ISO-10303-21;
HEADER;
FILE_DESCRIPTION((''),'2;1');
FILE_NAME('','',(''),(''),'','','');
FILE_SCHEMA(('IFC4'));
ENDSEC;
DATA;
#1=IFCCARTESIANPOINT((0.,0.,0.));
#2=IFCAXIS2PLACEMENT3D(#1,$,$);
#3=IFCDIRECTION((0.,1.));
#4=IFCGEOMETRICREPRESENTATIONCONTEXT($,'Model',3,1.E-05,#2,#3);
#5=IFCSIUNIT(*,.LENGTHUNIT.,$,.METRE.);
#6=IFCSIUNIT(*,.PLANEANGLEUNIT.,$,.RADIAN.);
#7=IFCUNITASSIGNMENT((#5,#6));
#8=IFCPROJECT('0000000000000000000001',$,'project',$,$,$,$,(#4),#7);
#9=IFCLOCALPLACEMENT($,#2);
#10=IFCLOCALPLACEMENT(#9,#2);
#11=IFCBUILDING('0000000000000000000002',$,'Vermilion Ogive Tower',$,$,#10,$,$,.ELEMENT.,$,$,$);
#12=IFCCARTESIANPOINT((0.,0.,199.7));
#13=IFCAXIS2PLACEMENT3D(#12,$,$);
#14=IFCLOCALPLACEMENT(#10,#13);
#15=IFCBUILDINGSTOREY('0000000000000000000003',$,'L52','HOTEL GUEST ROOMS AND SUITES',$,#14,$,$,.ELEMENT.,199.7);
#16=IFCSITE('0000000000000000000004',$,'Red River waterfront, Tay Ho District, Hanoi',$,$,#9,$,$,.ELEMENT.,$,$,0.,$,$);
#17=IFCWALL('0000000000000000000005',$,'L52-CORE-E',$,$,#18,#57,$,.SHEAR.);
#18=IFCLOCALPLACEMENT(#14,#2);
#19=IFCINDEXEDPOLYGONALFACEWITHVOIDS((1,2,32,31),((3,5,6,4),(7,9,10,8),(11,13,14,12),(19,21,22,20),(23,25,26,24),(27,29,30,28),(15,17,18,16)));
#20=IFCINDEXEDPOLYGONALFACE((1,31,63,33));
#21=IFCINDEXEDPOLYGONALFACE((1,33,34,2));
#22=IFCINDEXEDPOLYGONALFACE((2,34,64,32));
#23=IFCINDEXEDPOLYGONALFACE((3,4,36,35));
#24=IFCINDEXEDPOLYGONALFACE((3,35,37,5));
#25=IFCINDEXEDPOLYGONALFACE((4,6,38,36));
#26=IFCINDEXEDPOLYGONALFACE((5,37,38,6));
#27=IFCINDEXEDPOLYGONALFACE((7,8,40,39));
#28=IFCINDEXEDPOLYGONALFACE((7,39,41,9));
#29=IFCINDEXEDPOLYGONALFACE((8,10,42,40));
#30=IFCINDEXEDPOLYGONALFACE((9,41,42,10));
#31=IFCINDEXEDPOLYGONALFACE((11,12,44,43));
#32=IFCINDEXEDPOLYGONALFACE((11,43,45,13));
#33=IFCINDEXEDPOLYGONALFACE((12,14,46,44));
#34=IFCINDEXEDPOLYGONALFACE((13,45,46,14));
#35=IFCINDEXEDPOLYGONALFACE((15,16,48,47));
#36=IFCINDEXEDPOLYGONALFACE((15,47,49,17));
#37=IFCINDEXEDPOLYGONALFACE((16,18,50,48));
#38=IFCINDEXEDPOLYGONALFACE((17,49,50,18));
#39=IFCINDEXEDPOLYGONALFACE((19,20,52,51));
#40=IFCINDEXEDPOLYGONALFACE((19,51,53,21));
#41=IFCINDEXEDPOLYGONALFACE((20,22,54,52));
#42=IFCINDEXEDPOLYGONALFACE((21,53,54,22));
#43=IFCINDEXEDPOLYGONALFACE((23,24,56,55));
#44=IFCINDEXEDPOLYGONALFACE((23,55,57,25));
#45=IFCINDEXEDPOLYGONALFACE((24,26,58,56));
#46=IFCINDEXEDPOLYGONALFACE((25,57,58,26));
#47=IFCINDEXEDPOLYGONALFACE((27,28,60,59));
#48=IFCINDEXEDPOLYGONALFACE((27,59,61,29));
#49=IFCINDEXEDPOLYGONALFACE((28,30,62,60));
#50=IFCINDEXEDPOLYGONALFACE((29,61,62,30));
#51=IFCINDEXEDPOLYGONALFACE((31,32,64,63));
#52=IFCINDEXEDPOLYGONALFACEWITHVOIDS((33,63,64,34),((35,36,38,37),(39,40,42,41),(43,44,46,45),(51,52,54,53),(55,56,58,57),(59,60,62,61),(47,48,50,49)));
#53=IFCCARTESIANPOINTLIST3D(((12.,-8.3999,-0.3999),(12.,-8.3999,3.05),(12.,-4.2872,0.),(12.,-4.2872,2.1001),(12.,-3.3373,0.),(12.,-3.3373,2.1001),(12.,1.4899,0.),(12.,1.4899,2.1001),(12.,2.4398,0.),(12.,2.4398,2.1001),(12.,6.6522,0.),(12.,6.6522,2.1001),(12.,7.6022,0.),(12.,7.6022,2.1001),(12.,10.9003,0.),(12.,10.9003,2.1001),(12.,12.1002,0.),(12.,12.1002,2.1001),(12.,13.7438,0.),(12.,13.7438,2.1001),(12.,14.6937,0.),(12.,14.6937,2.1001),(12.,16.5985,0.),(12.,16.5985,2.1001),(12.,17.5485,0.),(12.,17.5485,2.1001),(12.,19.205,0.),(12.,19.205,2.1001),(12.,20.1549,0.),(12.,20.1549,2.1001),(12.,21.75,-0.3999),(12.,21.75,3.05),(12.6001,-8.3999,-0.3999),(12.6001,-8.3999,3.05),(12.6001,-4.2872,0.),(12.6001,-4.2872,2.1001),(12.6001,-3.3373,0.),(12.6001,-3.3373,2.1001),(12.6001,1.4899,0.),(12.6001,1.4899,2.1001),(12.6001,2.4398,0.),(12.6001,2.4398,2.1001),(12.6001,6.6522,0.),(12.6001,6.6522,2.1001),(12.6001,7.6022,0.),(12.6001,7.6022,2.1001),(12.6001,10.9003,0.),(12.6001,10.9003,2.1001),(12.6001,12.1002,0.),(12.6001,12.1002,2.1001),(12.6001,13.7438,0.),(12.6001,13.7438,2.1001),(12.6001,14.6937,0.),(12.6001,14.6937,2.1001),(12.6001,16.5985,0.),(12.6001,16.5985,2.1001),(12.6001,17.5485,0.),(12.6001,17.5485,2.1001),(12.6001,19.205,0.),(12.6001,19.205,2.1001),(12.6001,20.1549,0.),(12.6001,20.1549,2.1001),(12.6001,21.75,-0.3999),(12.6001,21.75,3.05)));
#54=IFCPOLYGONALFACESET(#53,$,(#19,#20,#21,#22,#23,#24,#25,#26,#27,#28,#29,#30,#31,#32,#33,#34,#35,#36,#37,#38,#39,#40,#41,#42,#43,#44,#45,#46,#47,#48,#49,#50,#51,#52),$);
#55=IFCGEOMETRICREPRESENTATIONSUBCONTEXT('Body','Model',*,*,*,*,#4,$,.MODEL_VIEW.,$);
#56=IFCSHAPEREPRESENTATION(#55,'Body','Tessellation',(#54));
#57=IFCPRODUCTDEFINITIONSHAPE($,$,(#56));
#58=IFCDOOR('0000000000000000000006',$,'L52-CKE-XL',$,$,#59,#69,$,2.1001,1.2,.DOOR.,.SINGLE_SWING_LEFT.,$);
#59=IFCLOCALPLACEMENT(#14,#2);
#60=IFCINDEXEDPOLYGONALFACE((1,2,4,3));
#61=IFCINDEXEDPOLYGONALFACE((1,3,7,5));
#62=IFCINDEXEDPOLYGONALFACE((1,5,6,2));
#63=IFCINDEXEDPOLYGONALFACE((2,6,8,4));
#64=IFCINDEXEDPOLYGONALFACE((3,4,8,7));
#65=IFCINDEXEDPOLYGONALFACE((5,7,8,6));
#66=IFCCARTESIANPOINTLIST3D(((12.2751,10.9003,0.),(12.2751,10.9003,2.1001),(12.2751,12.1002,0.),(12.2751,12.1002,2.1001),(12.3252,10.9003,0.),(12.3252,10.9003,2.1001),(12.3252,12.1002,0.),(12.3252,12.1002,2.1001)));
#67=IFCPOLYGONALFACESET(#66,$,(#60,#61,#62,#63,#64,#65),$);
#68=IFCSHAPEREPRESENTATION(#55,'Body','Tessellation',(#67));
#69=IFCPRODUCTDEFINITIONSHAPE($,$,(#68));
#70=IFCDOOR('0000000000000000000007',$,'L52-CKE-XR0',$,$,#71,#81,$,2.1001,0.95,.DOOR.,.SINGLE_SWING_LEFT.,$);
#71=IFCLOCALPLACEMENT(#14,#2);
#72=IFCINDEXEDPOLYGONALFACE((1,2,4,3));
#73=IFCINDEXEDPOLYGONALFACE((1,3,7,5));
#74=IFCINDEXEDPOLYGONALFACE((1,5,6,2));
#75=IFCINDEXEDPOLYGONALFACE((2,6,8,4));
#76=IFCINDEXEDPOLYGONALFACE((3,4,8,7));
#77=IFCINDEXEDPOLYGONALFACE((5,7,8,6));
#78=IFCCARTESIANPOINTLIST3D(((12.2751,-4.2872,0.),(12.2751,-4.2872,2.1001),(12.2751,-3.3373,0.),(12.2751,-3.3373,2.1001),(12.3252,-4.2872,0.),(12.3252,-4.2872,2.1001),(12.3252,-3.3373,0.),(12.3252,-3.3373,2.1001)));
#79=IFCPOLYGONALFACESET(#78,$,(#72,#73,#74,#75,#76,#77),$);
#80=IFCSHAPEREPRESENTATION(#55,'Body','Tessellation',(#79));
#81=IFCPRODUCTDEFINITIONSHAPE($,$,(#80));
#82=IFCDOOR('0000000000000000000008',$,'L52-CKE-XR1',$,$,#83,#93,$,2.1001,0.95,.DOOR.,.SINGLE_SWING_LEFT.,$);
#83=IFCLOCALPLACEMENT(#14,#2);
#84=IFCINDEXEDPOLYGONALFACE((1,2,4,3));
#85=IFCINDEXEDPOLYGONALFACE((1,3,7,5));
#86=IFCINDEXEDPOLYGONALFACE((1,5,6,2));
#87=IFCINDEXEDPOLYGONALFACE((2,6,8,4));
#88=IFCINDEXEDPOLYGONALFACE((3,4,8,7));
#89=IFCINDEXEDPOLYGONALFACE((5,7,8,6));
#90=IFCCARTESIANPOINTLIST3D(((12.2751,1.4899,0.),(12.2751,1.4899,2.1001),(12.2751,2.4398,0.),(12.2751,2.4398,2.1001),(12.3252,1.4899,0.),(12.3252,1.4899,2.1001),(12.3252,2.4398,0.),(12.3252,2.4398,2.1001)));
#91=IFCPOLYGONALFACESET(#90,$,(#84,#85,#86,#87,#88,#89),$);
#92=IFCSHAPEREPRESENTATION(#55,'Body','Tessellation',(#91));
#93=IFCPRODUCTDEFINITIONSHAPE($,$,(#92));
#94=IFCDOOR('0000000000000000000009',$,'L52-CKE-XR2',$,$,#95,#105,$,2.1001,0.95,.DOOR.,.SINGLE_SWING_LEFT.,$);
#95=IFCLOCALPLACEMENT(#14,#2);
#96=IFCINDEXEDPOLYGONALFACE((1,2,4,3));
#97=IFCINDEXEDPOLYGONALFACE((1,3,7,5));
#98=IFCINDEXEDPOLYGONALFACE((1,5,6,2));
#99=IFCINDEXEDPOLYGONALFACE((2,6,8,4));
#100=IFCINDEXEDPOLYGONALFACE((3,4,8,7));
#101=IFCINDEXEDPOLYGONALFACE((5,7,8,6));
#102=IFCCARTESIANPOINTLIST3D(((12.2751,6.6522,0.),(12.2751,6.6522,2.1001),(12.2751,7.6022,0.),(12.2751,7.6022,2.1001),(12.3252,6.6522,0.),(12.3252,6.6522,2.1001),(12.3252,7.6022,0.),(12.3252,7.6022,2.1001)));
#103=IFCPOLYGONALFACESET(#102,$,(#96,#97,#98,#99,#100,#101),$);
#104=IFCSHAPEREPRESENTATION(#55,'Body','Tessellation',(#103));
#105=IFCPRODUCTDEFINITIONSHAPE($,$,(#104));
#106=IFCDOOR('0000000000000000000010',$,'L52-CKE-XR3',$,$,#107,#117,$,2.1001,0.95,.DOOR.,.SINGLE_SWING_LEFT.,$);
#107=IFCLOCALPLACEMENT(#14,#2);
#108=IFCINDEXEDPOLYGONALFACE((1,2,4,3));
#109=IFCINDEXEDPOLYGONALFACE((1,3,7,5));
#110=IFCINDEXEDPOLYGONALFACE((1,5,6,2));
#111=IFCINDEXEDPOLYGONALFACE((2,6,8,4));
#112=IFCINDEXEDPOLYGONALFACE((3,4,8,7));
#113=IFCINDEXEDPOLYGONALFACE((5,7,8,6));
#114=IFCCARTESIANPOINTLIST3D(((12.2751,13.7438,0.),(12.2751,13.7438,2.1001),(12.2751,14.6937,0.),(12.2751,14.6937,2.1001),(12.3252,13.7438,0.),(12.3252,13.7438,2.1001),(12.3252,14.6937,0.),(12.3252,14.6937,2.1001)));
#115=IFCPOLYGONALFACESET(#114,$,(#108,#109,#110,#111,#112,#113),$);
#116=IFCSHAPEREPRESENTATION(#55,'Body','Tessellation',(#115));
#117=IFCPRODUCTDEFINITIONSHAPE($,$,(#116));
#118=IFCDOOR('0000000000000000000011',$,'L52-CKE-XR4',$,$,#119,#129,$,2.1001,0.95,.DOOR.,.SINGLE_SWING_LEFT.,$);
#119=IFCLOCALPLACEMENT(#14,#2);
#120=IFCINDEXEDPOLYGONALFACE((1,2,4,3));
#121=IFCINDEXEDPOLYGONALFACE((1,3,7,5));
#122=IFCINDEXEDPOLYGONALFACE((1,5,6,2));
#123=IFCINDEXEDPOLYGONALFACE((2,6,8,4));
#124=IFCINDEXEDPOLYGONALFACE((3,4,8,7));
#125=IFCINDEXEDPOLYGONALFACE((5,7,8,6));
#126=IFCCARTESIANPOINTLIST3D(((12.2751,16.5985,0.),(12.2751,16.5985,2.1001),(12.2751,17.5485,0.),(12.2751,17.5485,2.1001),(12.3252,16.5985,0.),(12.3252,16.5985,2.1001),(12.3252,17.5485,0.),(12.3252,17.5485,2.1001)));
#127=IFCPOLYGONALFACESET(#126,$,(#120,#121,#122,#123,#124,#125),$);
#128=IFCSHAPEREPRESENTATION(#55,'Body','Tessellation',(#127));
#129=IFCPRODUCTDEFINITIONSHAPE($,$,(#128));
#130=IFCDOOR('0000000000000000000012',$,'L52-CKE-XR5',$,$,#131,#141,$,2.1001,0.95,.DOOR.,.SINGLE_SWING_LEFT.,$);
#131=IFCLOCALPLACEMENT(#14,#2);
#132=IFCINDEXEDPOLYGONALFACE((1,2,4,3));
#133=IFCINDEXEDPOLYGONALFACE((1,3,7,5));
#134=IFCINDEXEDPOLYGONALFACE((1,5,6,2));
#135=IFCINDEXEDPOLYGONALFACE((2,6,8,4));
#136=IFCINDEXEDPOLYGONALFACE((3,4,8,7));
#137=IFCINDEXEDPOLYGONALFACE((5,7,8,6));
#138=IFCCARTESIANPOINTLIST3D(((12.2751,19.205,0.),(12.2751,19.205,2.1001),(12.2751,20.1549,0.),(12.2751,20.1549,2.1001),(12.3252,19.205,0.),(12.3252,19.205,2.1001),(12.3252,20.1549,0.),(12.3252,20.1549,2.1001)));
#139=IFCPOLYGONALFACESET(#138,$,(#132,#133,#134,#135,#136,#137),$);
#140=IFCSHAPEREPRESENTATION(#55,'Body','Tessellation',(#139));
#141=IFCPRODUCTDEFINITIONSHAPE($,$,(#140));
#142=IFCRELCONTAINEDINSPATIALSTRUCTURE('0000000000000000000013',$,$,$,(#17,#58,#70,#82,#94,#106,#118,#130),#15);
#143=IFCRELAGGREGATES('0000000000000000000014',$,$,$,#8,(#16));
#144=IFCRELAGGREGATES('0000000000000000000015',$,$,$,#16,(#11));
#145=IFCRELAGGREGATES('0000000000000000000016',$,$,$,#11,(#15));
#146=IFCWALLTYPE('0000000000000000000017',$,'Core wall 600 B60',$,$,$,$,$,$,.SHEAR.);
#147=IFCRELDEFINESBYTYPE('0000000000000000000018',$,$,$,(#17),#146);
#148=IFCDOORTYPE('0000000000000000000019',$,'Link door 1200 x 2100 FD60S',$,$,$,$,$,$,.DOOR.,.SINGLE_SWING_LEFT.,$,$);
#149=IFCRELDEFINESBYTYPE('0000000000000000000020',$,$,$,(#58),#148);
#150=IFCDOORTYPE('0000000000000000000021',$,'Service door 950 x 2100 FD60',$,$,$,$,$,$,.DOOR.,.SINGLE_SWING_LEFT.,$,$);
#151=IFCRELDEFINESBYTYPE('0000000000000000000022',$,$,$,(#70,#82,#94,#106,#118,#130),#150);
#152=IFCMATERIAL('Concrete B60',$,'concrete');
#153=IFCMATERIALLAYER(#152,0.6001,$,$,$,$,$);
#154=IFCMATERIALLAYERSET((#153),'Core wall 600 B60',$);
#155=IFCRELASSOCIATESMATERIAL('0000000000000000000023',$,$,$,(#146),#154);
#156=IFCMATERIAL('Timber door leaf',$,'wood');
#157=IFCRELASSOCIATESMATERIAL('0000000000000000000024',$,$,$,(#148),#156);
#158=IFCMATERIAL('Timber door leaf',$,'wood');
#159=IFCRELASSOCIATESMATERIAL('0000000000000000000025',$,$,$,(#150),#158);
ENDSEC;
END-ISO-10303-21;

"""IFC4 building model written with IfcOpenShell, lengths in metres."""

from ifc_helpers import new_model, si_unit, direction, frame, frame_2d, origin, place, context, subcontext, project, spatial, rectangle, extrude, material, layer, layer_set, type_object, element, fill, save


model = new_model("IFC4")

# Units and contexts
model_context = context("Model", 3, precision=1e-05, world=origin(), true_north=direction((0.0, 1.0)))
body_context = subcontext(model_context, "Body", "Model", "MODEL_VIEW")
ifc_project = project(units=[si_unit("LENGTHUNIT", "METRE"), si_unit("PLANEANGLEUNIT", "RADIAN")], contexts=[model_context])

# Site, building, storey
site_placement = place(None, origin())
site = spatial("IfcSite", under=ifc_project, at=site_placement, Name="Red River waterfront, Tay Ho District, Hanoi", CompositionType="ELEMENT", RefElevation=0.0)
building_placement = place(site_placement, origin())
building = spatial("IfcBuilding", under=site, at=building_placement, Name="Vermilion Ogive Tower", CompositionType="ELEMENT")
storey_placement = place(building_placement, frame((0.0, 0.0, 199.7)))
storey = spatial("IfcBuildingStorey", under=building, at=storey_placement, Name="L52", Description="HOTEL GUEST ROOMS AND SUITES", CompositionType="ELEMENT", Elevation=199.7)

# Wall, openings, doors
ifc_material_1 = material(Name="Concrete B60", Category="concrete")
ifc_layer_1 = layer(ifc_material_1, 0.6001)
ifc_layer_set_1 = layer_set([ifc_layer_1], Name="Core wall 600 B60")
wall_type_1 = type_object("IfcWallType", Name="Core wall 600 B60", PredefinedType="SHEAR", material=ifc_layer_set_1)
wall_1_placement = place(storey_placement, frame((12.3, -8.3999, -0.3999), z_axis=(0.0, 0.0, 1.0), x_axis=(0.0, 1.0, 0.0)))
wall_1 = element("IfcWall", 1, at=wall_1_placement, inside=storey, type_object=wall_type_1, Name="L52-CORE-E", PredefinedType="SHEAR", context=body_context, shape_type="SweptSolid", body=[
    extrude(rectangle(XDim=30.1499, YDim=0.6001, at=frame_2d((15.075, 0.0))), origin(), (0.0, 0.0, 1.0), 3.45),
])
opening_1_placement = place(wall_1_placement, frame((4.1125, 0.0, 0.3999)))
opening_1 = element("IfcOpeningElement", 2, at=opening_1_placement, cuts=wall_1, PredefinedType="OPENING", context=body_context, shape_type="SweptSolid", body=[
    extrude(rectangle(XDim=0.95, YDim=2.1001, at=frame_2d((0.4751, 1.05))), frame((0.0, 0.3101, 0.0), z_axis=(0.0, -1.0, 0.0), x_axis=(1.0, 0.0, 0.0)), (0.0, 0.0, 1.0), 0.6201),
])
opening_2_placement = place(wall_1_placement, frame((9.8896, 0.0, 0.3999)))
opening_2 = element("IfcOpeningElement", 3, at=opening_2_placement, cuts=wall_1, PredefinedType="OPENING", context=body_context, shape_type="SweptSolid", body=[
    extrude(rectangle(XDim=0.95, YDim=2.1001, at=frame_2d((0.4751, 1.05))), frame((0.0, 0.3101, 0.0), z_axis=(0.0, -1.0, 0.0), x_axis=(1.0, 0.0, 0.0)), (0.0, 0.0, 1.0), 0.6201),
])
opening_3_placement = place(wall_1_placement, frame((15.052, 0.0, 0.3999)))
opening_3 = element("IfcOpeningElement", 4, at=opening_3_placement, cuts=wall_1, PredefinedType="OPENING", context=body_context, shape_type="SweptSolid", body=[
    extrude(rectangle(XDim=0.95, YDim=2.1001, at=frame_2d((0.4751, 1.05))), frame((0.0, 0.3101, 0.0), z_axis=(0.0, -1.0, 0.0), x_axis=(1.0, 0.0, 0.0)), (0.0, 0.0, 1.0), 0.6201),
])
opening_4_placement = place(wall_1_placement, frame((22.1436, 0.0, 0.3999)))
opening_4 = element("IfcOpeningElement", 5, at=opening_4_placement, cuts=wall_1, PredefinedType="OPENING", context=body_context, shape_type="SweptSolid", body=[
    extrude(rectangle(XDim=0.95, YDim=2.1001, at=frame_2d((0.4751, 1.05))), frame((0.0, 0.3101, 0.0), z_axis=(0.0, -1.0, 0.0), x_axis=(1.0, 0.0, 0.0)), (0.0, 0.0, 1.0), 0.6201),
])
opening_5_placement = place(wall_1_placement, frame((24.9983, 0.0, 0.3999)))
opening_5 = element("IfcOpeningElement", 6, at=opening_5_placement, cuts=wall_1, PredefinedType="OPENING", context=body_context, shape_type="SweptSolid", body=[
    extrude(rectangle(XDim=0.95, YDim=2.1001, at=frame_2d((0.4751, 1.05))), frame((0.0, 0.3101, 0.0), z_axis=(0.0, -1.0, 0.0), x_axis=(1.0, 0.0, 0.0)), (0.0, 0.0, 1.0), 0.6201),
])
opening_6_placement = place(wall_1_placement, frame((27.6047, 0.0, 0.3999)))
opening_6 = element("IfcOpeningElement", 7, at=opening_6_placement, cuts=wall_1, PredefinedType="OPENING", context=body_context, shape_type="SweptSolid", body=[
    extrude(rectangle(XDim=0.95, YDim=2.1001, at=frame_2d((0.4751, 1.05))), frame((0.0, 0.3101, 0.0), z_axis=(0.0, -1.0, 0.0), x_axis=(1.0, 0.0, 0.0)), (0.0, 0.0, 1.0), 0.6201),
])
opening_7_placement = place(wall_1_placement, frame((19.3, 0.0, 0.3999)))
opening_7 = element("IfcOpeningElement", 8, at=opening_7_placement, cuts=wall_1, PredefinedType="OPENING", context=body_context, shape_type="SweptSolid", body=[
    extrude(rectangle(XDim=1.2, YDim=2.1001, at=frame_2d((0.6001, 1.05))), frame((0.0, 0.3101, 0.0), z_axis=(0.0, -1.0, 0.0), x_axis=(1.0, 0.0, 0.0)), (0.0, 0.0, 1.0), 0.6201),
])
ifc_material_2 = material(Name="Timber door leaf", Category="wood")
door_type_1 = type_object("IfcDoorType", Name="Link door 1200 x 2100 FD60S", OperationType="SINGLE_SWING_LEFT", PredefinedType="DOOR", material=ifc_material_2)
door_1_placement = place(opening_7_placement, origin())
door_1 = element("IfcDoor", 9, at=door_1_placement, inside=storey, type_object=door_type_1, Name="L52-CKE-XL", OperationType="SINGLE_SWING_LEFT", OverallHeight=2.1001, OverallWidth=1.2, PredefinedType="DOOR", context=body_context, shape_type="SweptSolid", body=[
    extrude(rectangle(XDim=1.2, YDim=2.1001, at=frame_2d((0.6001, 1.05))), frame((0.0, 0.0249, 0.0), z_axis=(0.0, -1.0, 0.0), x_axis=(1.0, 0.0, 0.0)), (0.0, 0.0, 1.0), 0.05),
])
fill(opening_7, door_1)
ifc_material_3 = material(Name="Timber door leaf", Category="wood")
door_type_2 = type_object("IfcDoorType", Name="Service door 950 x 2100 FD60", OperationType="SINGLE_SWING_LEFT", PredefinedType="DOOR", material=ifc_material_3)
door_2_placement = place(opening_1_placement, origin())
door_2 = element("IfcDoor", 10, at=door_2_placement, inside=storey, type_object=door_type_2, Name="L52-CKE-XR0", OperationType="SINGLE_SWING_LEFT", OverallHeight=2.1001, OverallWidth=0.95, PredefinedType="DOOR", context=body_context, shape_type="SweptSolid", body=[
    extrude(rectangle(XDim=0.95, YDim=2.1001, at=frame_2d((0.4751, 1.05))), frame((0.0, 0.0249, 0.0), z_axis=(0.0, -1.0, 0.0), x_axis=(1.0, 0.0, 0.0)), (0.0, 0.0, 1.0), 0.05),
])
fill(opening_1, door_2)
door_3_placement = place(opening_2_placement, origin())
door_3 = element("IfcDoor", 11, at=door_3_placement, inside=storey, type_object=door_type_2, Name="L52-CKE-XR1", OperationType="SINGLE_SWING_LEFT", OverallHeight=2.1001, OverallWidth=0.95, PredefinedType="DOOR", context=body_context, shape_type="SweptSolid", body=[
    extrude(rectangle(XDim=0.95, YDim=2.1001, at=frame_2d((0.4751, 1.05))), frame((0.0, 0.0249, 0.0), z_axis=(0.0, -1.0, 0.0), x_axis=(1.0, 0.0, 0.0)), (0.0, 0.0, 1.0), 0.05),
])
fill(opening_2, door_3)
door_4_placement = place(opening_3_placement, origin())
door_4 = element("IfcDoor", 12, at=door_4_placement, inside=storey, type_object=door_type_2, Name="L52-CKE-XR2", OperationType="SINGLE_SWING_LEFT", OverallHeight=2.1001, OverallWidth=0.95, PredefinedType="DOOR", context=body_context, shape_type="SweptSolid", body=[
    extrude(rectangle(XDim=0.95, YDim=2.1001, at=frame_2d((0.4751, 1.05))), frame((0.0, 0.0249, 0.0), z_axis=(0.0, -1.0, 0.0), x_axis=(1.0, 0.0, 0.0)), (0.0, 0.0, 1.0), 0.05),
])
fill(opening_3, door_4)
door_5_placement = place(opening_4_placement, origin())
door_5 = element("IfcDoor", 13, at=door_5_placement, inside=storey, type_object=door_type_2, Name="L52-CKE-XR3", OperationType="SINGLE_SWING_LEFT", OverallHeight=2.1001, OverallWidth=0.95, PredefinedType="DOOR", context=body_context, shape_type="SweptSolid", body=[
    extrude(rectangle(XDim=0.95, YDim=2.1001, at=frame_2d((0.4751, 1.05))), frame((0.0, 0.0249, 0.0), z_axis=(0.0, -1.0, 0.0), x_axis=(1.0, 0.0, 0.0)), (0.0, 0.0, 1.0), 0.05),
])
fill(opening_4, door_5)
door_6_placement = place(opening_5_placement, origin())
door_6 = element("IfcDoor", 14, at=door_6_placement, inside=storey, type_object=door_type_2, Name="L52-CKE-XR4", OperationType="SINGLE_SWING_LEFT", OverallHeight=2.1001, OverallWidth=0.95, PredefinedType="DOOR", context=body_context, shape_type="SweptSolid", body=[
    extrude(rectangle(XDim=0.95, YDim=2.1001, at=frame_2d((0.4751, 1.05))), frame((0.0, 0.0249, 0.0), z_axis=(0.0, -1.0, 0.0), x_axis=(1.0, 0.0, 0.0)), (0.0, 0.0, 1.0), 0.05),
])
fill(opening_5, door_6)
door_7_placement = place(opening_6_placement, origin())
door_7 = element("IfcDoor", 15, at=door_7_placement, inside=storey, type_object=door_type_2, Name="L52-CKE-XR5", OperationType="SINGLE_SWING_LEFT", OverallHeight=2.1001, OverallWidth=0.95, PredefinedType="DOOR", context=body_context, shape_type="SweptSolid", body=[
    extrude(rectangle(XDim=0.95, YDim=2.1001, at=frame_2d((0.4751, 1.05))), frame((0.0, 0.0249, 0.0), z_axis=(0.0, -1.0, 0.0), x_axis=(1.0, 0.0, 0.0)), (0.0, 0.0, 1.0), 0.05),
])
fill(opening_6, door_7)

save(model, "model.ifc")
